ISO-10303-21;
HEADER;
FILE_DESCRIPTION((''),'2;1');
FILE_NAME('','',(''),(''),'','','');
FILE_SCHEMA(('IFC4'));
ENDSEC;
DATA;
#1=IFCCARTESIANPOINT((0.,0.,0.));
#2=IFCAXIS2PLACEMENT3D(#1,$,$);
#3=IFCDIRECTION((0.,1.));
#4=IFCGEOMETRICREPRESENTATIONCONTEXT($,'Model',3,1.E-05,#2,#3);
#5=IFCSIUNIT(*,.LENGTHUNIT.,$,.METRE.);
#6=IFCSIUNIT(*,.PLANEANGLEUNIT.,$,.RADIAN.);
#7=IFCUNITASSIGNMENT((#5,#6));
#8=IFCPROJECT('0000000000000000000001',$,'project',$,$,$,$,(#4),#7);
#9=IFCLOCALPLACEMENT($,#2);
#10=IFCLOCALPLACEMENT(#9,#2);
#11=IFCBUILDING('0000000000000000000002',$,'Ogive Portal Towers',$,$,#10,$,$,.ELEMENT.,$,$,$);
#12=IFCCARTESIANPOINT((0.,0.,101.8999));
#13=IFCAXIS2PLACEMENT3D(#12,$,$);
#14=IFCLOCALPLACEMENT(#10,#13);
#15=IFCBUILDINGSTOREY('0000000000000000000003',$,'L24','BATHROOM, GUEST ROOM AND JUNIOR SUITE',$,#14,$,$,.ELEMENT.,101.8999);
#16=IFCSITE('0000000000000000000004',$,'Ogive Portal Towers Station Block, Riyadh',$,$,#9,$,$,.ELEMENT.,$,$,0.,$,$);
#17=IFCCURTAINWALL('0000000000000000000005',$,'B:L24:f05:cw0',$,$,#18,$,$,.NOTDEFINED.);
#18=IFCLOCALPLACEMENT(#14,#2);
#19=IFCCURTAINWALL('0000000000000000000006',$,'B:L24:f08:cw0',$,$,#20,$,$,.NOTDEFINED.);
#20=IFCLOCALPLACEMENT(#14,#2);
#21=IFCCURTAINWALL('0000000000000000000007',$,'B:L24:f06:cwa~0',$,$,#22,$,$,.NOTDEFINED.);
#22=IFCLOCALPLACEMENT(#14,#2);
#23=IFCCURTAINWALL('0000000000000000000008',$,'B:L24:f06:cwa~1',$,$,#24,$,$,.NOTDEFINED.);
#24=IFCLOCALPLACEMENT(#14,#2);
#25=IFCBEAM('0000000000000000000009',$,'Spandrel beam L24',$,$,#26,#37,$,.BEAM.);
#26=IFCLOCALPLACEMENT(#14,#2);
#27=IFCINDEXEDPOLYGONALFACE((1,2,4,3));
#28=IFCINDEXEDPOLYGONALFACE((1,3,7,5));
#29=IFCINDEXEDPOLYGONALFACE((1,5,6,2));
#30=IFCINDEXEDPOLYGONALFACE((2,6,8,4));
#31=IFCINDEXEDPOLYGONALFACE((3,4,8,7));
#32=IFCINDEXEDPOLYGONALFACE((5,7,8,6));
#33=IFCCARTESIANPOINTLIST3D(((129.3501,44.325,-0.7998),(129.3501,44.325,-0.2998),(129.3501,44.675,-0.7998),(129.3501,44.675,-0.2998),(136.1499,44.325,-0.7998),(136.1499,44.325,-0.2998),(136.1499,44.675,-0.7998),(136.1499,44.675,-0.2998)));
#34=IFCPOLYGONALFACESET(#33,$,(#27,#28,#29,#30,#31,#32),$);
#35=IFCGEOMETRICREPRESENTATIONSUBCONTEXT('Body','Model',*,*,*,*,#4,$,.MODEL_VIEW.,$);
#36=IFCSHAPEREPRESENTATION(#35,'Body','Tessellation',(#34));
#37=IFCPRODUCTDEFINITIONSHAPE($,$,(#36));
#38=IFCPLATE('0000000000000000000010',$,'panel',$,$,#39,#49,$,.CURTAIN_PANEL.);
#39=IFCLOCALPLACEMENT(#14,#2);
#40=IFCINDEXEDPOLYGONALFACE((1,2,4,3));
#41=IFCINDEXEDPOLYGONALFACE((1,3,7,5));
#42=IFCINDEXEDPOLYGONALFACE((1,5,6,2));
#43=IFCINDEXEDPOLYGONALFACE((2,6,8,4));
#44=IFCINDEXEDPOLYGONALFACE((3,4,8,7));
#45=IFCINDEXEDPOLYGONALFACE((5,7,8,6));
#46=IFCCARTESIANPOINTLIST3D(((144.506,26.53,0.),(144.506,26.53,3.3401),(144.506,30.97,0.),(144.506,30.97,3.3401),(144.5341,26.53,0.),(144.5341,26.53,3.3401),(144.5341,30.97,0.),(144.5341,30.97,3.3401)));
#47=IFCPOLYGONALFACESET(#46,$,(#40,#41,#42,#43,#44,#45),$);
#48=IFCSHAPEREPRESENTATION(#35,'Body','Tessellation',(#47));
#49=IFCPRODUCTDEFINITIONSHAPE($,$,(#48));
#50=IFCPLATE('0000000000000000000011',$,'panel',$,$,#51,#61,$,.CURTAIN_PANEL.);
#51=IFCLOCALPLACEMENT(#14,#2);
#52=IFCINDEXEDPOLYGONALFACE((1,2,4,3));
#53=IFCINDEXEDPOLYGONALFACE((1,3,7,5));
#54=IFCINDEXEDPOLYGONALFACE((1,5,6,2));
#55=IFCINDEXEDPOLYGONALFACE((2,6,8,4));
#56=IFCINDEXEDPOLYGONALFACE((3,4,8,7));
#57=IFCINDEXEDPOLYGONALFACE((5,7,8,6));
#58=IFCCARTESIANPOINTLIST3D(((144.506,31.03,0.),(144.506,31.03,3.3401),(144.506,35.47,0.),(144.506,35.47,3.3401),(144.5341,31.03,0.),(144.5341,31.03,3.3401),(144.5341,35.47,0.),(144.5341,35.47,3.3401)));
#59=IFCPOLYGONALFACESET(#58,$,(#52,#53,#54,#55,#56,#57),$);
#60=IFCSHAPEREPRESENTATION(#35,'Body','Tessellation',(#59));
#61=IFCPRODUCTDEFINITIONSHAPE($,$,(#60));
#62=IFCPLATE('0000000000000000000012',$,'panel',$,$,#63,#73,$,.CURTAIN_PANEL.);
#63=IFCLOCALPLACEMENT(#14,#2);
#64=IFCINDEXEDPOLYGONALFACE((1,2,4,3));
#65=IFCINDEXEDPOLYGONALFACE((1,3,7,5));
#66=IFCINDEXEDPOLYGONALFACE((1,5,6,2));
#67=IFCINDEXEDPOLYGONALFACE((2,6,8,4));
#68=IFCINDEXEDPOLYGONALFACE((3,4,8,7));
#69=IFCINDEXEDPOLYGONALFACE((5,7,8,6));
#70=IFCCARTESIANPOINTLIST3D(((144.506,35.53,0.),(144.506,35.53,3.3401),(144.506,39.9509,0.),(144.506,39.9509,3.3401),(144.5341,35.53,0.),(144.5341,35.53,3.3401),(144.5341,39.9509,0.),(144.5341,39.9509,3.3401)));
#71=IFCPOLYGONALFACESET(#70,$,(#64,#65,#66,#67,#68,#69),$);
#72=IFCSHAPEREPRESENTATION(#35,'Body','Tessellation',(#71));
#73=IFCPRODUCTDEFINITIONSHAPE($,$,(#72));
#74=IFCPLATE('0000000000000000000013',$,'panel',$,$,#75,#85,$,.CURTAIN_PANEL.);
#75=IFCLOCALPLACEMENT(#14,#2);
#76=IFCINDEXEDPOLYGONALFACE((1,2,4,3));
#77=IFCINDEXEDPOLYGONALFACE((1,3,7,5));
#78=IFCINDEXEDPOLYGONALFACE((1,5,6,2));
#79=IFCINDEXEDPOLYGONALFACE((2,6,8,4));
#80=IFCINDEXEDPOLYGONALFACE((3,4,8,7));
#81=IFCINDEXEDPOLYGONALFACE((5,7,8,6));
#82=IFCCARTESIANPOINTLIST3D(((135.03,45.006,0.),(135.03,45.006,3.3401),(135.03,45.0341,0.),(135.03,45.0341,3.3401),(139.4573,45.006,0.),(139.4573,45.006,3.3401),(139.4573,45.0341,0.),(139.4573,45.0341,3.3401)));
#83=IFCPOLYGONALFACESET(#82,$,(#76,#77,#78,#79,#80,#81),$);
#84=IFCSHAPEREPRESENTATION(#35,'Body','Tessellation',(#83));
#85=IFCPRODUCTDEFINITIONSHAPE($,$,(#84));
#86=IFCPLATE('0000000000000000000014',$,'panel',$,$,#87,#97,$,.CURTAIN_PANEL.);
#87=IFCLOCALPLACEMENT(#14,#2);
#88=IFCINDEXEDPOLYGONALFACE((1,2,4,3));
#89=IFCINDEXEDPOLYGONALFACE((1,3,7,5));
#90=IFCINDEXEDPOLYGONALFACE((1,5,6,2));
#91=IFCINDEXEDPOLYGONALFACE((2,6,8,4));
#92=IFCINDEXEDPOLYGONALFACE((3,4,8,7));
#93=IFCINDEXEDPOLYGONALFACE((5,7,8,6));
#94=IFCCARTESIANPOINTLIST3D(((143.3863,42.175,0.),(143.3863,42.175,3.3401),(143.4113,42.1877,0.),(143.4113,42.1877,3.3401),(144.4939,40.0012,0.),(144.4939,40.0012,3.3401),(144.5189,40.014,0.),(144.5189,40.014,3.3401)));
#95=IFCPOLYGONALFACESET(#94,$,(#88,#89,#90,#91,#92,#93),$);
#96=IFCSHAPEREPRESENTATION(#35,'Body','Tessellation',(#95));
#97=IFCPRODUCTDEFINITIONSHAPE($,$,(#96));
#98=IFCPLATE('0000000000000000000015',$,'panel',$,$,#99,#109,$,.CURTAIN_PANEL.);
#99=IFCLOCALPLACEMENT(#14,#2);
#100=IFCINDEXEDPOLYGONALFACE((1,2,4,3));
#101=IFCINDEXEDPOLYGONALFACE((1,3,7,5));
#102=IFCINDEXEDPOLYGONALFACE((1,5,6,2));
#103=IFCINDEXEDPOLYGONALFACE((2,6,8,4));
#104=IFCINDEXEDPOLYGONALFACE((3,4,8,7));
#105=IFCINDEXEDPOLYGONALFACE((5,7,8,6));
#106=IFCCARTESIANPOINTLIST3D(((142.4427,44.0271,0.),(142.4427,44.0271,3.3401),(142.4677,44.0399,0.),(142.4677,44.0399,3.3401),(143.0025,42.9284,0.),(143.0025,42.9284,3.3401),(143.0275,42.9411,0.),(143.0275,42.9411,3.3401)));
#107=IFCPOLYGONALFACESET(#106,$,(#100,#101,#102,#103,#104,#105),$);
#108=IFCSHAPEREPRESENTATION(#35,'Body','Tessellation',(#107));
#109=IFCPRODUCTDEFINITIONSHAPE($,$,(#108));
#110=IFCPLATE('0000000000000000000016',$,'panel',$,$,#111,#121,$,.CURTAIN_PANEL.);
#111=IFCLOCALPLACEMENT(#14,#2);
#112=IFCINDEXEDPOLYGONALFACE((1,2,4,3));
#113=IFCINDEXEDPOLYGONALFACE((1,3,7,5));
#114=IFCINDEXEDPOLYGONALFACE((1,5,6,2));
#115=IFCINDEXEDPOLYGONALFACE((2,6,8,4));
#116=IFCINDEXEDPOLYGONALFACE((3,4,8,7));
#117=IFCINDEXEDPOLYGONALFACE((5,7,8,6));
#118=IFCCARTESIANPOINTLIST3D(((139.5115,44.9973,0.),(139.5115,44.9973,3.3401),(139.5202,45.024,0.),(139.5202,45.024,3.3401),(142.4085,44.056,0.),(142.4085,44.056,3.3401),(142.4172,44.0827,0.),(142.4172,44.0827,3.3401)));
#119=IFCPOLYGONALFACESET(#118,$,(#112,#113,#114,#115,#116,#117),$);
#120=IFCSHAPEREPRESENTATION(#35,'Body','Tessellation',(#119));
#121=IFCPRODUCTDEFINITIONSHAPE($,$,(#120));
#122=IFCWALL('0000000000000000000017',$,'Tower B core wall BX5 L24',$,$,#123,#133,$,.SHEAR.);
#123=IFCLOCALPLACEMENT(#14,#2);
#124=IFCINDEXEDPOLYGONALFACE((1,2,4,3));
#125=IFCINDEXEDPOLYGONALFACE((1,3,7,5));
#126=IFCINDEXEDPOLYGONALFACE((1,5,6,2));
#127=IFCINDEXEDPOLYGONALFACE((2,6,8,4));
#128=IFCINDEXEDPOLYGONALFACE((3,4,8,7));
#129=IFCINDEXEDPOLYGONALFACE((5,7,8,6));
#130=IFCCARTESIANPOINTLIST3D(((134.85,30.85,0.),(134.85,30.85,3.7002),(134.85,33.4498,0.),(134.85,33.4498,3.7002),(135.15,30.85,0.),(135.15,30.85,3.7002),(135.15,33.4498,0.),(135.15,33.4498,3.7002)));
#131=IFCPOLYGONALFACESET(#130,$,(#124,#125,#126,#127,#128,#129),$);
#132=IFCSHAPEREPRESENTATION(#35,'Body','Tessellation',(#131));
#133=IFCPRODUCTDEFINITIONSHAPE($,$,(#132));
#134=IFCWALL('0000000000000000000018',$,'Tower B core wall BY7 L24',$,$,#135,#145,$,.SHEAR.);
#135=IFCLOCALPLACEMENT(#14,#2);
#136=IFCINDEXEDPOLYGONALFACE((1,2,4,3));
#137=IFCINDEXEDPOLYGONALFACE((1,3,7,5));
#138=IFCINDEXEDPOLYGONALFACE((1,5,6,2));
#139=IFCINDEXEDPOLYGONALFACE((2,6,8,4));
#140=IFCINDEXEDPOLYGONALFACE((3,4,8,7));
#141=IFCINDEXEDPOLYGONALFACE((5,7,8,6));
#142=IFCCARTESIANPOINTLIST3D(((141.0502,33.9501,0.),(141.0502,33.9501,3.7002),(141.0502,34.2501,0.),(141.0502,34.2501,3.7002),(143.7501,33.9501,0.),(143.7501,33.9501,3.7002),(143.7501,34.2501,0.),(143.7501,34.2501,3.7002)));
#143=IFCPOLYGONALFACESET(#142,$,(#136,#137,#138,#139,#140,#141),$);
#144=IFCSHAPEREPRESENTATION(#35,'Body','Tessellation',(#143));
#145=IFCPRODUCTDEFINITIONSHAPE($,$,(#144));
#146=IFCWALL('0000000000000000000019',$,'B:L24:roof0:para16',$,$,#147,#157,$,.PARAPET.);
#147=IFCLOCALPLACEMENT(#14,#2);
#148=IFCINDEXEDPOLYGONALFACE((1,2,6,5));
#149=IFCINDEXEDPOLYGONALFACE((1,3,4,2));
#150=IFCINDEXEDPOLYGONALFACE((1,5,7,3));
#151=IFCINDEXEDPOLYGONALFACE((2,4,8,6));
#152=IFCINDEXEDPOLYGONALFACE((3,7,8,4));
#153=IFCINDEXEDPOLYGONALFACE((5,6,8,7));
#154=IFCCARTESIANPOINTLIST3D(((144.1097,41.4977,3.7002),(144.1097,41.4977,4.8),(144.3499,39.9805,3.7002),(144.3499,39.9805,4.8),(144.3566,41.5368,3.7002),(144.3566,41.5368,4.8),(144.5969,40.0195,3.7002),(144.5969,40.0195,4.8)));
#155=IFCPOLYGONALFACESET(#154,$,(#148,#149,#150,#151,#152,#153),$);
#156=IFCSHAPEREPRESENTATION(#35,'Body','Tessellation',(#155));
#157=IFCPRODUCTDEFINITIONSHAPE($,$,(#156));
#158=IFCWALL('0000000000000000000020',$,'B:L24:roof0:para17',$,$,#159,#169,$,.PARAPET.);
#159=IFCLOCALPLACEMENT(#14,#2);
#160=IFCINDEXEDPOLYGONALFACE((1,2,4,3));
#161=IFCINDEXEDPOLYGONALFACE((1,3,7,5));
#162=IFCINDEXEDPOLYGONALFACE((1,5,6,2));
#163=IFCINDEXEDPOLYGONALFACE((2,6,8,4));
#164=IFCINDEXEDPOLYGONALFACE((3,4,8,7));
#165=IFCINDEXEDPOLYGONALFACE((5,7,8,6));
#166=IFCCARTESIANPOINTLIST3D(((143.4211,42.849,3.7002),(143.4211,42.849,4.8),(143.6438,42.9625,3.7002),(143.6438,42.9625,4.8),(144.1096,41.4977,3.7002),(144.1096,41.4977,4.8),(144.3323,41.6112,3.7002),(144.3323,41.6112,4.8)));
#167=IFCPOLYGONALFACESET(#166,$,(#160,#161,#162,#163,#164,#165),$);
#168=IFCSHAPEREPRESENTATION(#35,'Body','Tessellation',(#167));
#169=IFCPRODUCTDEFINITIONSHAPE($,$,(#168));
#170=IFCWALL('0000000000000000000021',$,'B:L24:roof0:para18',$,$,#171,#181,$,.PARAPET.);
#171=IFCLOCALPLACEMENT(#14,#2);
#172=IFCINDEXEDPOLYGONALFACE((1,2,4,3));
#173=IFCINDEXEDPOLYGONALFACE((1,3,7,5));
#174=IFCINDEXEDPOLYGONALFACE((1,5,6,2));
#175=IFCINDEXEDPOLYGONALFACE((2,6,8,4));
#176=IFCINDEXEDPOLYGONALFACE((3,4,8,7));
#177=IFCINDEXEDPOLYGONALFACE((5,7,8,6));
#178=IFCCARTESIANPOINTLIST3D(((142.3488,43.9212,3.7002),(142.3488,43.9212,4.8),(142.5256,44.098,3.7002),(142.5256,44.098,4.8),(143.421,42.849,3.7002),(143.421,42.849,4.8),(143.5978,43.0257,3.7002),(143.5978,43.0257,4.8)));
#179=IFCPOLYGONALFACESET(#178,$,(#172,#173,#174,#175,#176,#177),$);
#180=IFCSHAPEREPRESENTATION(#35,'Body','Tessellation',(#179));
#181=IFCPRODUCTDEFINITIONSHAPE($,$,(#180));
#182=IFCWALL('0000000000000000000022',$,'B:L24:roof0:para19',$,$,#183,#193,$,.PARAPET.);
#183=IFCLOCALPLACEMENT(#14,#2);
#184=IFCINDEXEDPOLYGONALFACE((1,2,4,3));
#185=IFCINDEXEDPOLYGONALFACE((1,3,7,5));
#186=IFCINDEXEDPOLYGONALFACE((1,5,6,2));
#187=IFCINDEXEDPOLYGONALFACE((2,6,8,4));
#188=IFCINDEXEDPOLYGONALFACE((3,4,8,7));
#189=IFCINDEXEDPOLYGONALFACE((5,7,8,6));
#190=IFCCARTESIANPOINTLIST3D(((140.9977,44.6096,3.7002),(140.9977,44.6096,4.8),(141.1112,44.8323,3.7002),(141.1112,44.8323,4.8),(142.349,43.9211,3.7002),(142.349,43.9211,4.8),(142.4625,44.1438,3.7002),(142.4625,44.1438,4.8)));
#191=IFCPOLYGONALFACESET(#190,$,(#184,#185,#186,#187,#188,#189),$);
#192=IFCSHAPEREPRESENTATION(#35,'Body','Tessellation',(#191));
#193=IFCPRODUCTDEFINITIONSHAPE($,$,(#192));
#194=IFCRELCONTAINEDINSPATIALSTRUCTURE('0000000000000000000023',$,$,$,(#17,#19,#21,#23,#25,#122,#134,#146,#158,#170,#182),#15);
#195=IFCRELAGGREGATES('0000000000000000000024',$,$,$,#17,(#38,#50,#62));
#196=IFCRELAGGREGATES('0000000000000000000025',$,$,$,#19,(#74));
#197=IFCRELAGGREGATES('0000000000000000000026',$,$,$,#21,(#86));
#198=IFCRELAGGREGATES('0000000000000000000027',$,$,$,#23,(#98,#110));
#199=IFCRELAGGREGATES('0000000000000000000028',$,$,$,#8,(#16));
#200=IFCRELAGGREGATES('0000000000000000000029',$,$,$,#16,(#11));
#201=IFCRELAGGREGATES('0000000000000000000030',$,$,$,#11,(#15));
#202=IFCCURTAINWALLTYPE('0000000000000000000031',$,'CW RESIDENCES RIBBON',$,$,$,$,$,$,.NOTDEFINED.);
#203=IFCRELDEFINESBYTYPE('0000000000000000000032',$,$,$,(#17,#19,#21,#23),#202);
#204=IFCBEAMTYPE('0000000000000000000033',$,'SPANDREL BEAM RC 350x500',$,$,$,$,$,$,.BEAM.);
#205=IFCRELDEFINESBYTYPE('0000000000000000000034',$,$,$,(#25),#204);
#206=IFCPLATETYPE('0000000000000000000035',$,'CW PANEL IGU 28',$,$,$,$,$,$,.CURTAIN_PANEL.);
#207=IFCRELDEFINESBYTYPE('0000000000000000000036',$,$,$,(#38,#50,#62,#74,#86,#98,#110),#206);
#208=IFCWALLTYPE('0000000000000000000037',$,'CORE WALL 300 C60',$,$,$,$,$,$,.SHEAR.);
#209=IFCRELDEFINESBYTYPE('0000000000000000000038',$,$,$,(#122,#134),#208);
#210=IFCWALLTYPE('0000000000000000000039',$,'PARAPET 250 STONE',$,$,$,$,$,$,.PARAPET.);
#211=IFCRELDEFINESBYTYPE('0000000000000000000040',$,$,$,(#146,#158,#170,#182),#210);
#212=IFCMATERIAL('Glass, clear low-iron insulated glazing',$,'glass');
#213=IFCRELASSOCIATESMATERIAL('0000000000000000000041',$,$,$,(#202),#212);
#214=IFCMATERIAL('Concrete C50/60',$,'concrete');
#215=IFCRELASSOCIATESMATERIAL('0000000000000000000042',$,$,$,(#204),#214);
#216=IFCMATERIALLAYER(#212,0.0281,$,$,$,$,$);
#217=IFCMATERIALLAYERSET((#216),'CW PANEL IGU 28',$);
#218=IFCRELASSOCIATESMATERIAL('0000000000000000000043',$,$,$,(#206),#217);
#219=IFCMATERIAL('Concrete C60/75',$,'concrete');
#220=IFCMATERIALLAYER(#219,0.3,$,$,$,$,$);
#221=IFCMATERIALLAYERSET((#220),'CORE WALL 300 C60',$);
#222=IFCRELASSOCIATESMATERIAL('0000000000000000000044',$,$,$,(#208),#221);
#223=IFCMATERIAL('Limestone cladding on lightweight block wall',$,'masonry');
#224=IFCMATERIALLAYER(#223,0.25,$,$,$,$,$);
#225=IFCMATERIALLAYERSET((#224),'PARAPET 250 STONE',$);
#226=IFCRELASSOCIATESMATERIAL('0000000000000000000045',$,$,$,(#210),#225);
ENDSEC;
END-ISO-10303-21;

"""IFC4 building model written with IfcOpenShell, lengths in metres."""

from ifc_helpers import new_model, si_unit, direction, frame, frame_2d, origin, origin_2d, place, context, subcontext, project, spatial, rectangle, extrude, material, layer, layer_set, material_profile, profile_set, type_object, element, aggregate, save


model = new_model("IFC4")

# Units and contexts
model_context = context("Model", 3, precision=1e-05, world=origin(), true_north=direction((0.0, 1.0)))
body_context = subcontext(model_context, "Body", "Model", "MODEL_VIEW")
ifc_project = project(units=[si_unit("LENGTHUNIT", "METRE"), si_unit("PLANEANGLEUNIT", "RADIAN")], contexts=[model_context])

# Site, building, storey
site_placement = place(None, origin())
site = spatial("IfcSite", under=ifc_project, at=site_placement, Name="Ogive Portal Towers Station Block, Riyadh", CompositionType="ELEMENT", RefElevation=0.0)
building_placement = place(site_placement, origin())
building = spatial("IfcBuilding", under=site, at=building_placement, Name="Ogive Portal Towers", CompositionType="ELEMENT")
storey_placement = place(building_placement, frame((0.0, 0.0, 101.8999)))
storey = spatial("IfcBuildingStorey", under=building, at=storey_placement, Name="L24", Description="BATHROOM, GUEST ROOM AND JUNIOR SUITE", CompositionType="ELEMENT", Elevation=101.8999)

# Shared definitions
ifc_material_1 = material(Name="Concrete C50/60", Category="concrete")

# Curtain walls
ifc_material_2 = material(Name="Glass, clear low-iron insulated glazing", Category="glass")
curtain_wall_type = type_object("IfcCurtainWallType", Name="CW RESIDENCES RIBBON", PredefinedType="NOTDEFINED", material=ifc_material_2)
curtain_wall_1_placement = place(storey_placement, origin())
curtain_wall_1 = element("IfcCurtainWall", 1, at=curtain_wall_1_placement, inside=storey, type_object=curtain_wall_type, Name="B:L24:f05:cw0", PredefinedType="NOTDEFINED")
curtain_wall_2_placement = place(storey_placement, origin())
curtain_wall_2 = element("IfcCurtainWall", 2, at=curtain_wall_2_placement, inside=storey, type_object=curtain_wall_type, Name="B:L24:f08:cw0", PredefinedType="NOTDEFINED")

# Curtain wall
curtain_wall_3_placement = place(storey_placement, origin())
curtain_wall_3 = element("IfcCurtainWall", 3, at=curtain_wall_3_placement, inside=storey, type_object=curtain_wall_type, Name="B:L24:f06:cwa~0", PredefinedType="NOTDEFINED")

# Curtain wall
curtain_wall_4_placement = place(storey_placement, origin())
curtain_wall_4 = element("IfcCurtainWall", 4, at=curtain_wall_4_placement, inside=storey, type_object=curtain_wall_type, Name="B:L24:f06:cwa~1", PredefinedType="NOTDEFINED")

# Beam
ifc_material_profile_1 = material_profile(ifc_material_1, rectangle(XDim=0.3501, YDim=0.5, at=origin_2d()), Name="RC 350x500")
ifc_profile_set_1 = profile_set([ifc_material_profile_1], Name="Concrete C50/60")
beam_type = type_object("IfcBeamType", Name="SPANDREL BEAM RC 350x500", PredefinedType="BEAM", material=ifc_profile_set_1)
beam_placement = place(storey_placement, frame((136.1499, 44.5, -0.5498), z_axis=(-1.0, 0.0, 0.0), x_axis=(0.0, -1.0, 0.0)))
element("IfcBeam", 5, at=beam_placement, inside=storey, type_object=beam_type, Name="Spandrel beam L24", PredefinedType="BEAM", context=body_context, shape_type="SweptSolid", body=[
    extrude(rectangle(XDim=0.3501, YDim=0.5, at=origin_2d()), origin(), (0.0, 0.0, 1.0), 6.7998),
])

# Plates
ifc_layer_1 = layer(ifc_material_2, 0.0281)
ifc_layer_set_1 = layer_set([ifc_layer_1], Name="CW PANEL IGU 28")
plate_type = type_object("IfcPlateType", Name="CW PANEL IGU 28", PredefinedType="CURTAIN_PANEL", material=ifc_layer_set_1)
plate_1_placement = place(storey_placement, frame((144.52, 28.75, 0.0), z_axis=(0.0, 0.0, 1.0), x_axis=(0.0, 1.0, 0.0)))
plate_1 = element("IfcPlate", 6, at=plate_1_placement, type_object=plate_type, Name="panel", PredefinedType="CURTAIN_PANEL", context=body_context, shape_type="SweptSolid", body=[
    extrude(rectangle(XDim=4.4399, YDim=0.0281, at=origin_2d()), origin(), (0.0, 0.0, 1.0), 3.3401),
])
plate_2_placement = place(storey_placement, frame((144.52, 33.25, 0.0), z_axis=(0.0, 0.0, 1.0), x_axis=(0.0, 1.0, 0.0)))
plate_2 = element("IfcPlate", 7, at=plate_2_placement, type_object=plate_type, Name="panel", PredefinedType="CURTAIN_PANEL", context=body_context, shape_type="SweptSolid", body=[
    extrude(rectangle(XDim=4.4399, YDim=0.0281, at=origin_2d()), origin(), (0.0, 0.0, 1.0), 3.3401),
])
plate_3_placement = place(storey_placement, frame((144.52, 37.7405, 0.0), z_axis=(0.0, 0.0, 1.0), x_axis=(0.0, 1.0, 0.0)))
plate_3 = element("IfcPlate", 8, at=plate_3_placement, type_object=plate_type, Name="panel", PredefinedType="CURTAIN_PANEL", context=body_context, shape_type="SweptSolid", body=[
    extrude(rectangle(XDim=4.4209, YDim=0.0281, at=origin_2d()), origin(), (0.0, 0.0, 1.0), 3.3401),
])
aggregate(curtain_wall_1, [plate_1, plate_2, plate_3])
plate_4_placement = place(storey_placement, frame((137.2437, 45.02, 0.0), z_axis=(0.0, 0.0, 1.0), x_axis=(-1.0, 0.0, 0.0)))
plate_4 = element("IfcPlate", 9, at=plate_4_placement, type_object=plate_type, Name="panel", PredefinedType="CURTAIN_PANEL", context=body_context, shape_type="SweptSolid", body=[
    extrude(rectangle(XDim=4.4272, YDim=0.0281, at=origin_2d()), origin(), (0.0, 0.0, 1.0), 3.3401),
])
aggregate(curtain_wall_2, [plate_4])
plate_5_placement = place(storey_placement, frame((143.9526, 41.0945, 0.0), z_axis=(0.0, 0.0, 1.0), x_axis=(-0.45399, 0.891007, 0.0)))
plate_5 = element("IfcPlate", 10, at=plate_5_placement, type_object=plate_type, Name="panel", PredefinedType="CURTAIN_PANEL", context=body_context, shape_type="SweptSolid", body=[
    extrude(rectangle(XDim=2.4397, YDim=0.0281, at=origin_2d()), origin(), (0.0, 0.0, 1.0), 3.3401),
])
aggregate(curtain_wall_3, [plate_5])
plate_6_placement = place(storey_placement, frame((142.7351, 43.4841, 0.0), z_axis=(0.0, 0.0, 1.0), x_axis=(-0.45399, 0.891007, 0.0)))
plate_6 = element("IfcPlate", 11, at=plate_6_placement, type_object=plate_type, Name="panel", PredefinedType="CURTAIN_PANEL", context=body_context, shape_type="SweptSolid", body=[
    extrude(rectangle(XDim=1.2332, YDim=0.0281, at=origin_2d()), origin(), (0.0, 0.0, 1.0), 3.3401),
])
plate_7_placement = place(storey_placement, frame((140.9644, 44.54, 0.0), z_axis=(0.0, 0.0, 1.0), x_axis=(-0.951057, 0.309017, 0.0)))
plate_7 = element("IfcPlate", 12, at=plate_7_placement, type_object=plate_type, Name="panel", PredefinedType="CURTAIN_PANEL", context=body_context, shape_type="SweptSolid", body=[
    extrude(rectangle(XDim=3.0461, YDim=0.0281, at=origin_2d()), origin(), (0.0, 0.0, 1.0), 3.3401),
])
aggregate(curtain_wall_4, [plate_6, plate_7])

# Wall
ifc_material_3 = material(Name="Concrete C60/75", Category="concrete")
ifc_layer_2 = layer(ifc_material_3, 0.3)
ifc_layer_set_2 = layer_set([ifc_layer_2], Name="CORE WALL 300 C60")
wall_type_1 = type_object("IfcWallType", Name="CORE WALL 300 C60", PredefinedType="SHEAR", material=ifc_layer_set_2)
wall_1_placement = place(storey_placement, frame((135.0, 30.8501, 0.0), z_axis=(0.0, 0.0, 1.0), x_axis=(0.0, 1.0, 0.0)))
element("IfcWall", 13, at=wall_1_placement, inside=storey, type_object=wall_type_1, Name="Tower B core wall BX5 L24", PredefinedType="SHEAR", context=body_context, shape_type="SweptSolid", body=[
    extrude(rectangle(XDim=2.5999, YDim=0.3, at=frame_2d((1.2998, 0.0))), origin(), (0.0, 0.0, 1.0), 3.7002),
])

# Walls
wall_2_placement = place(storey_placement, frame((141.05, 34.1001, 0.0), z_axis=(0.0, 0.0, 1.0), x_axis=(1.0, 0.0, 0.0)))
element("IfcWall", 14, at=wall_2_placement, inside=storey, type_object=wall_type_1, Name="Tower B core wall BY7 L24", PredefinedType="SHEAR", context=body_context, shape_type="SweptSolid", body=[
    extrude(rectangle(XDim=2.7, YDim=0.3, at=frame_2d((1.3501, 0.0))), origin(), (0.0, 0.0, 1.0), 3.7002),
])
ifc_material_4 = material(Name="Limestone cladding on lightweight block wall", Category="masonry")
ifc_layer_3 = layer(ifc_material_4, 0.25)
ifc_layer_set_3 = layer_set([ifc_layer_3], Name="PARAPET 250 STONE")
wall_type_2 = type_object("IfcWallType", Name="PARAPET 250 STONE", PredefinedType="PARAPET", material=ifc_layer_set_3)
wall_3_placement = place(storey_placement, frame((144.4734, 40.0, 3.7002), z_axis=(0.0, 0.0, 1.0), x_axis=(-0.156379, 0.987697, 0.0)))
element("IfcWall", 15, at=wall_3_placement, inside=storey, type_object=wall_type_2, Name="B:L24:roof0:para16", PredefinedType="PARAPET", context=body_context, shape_type="SweptSolid", body=[
    extrude(rectangle(XDim=1.5361, YDim=0.25, at=frame_2d((0.7681, 0.0))), origin(), (0.0, 0.0, 1.0), 1.0999),
])
wall_4_placement = place(storey_placement, frame((144.2209, 41.5544, 3.7002), z_axis=(0.0, 0.0, 1.0), x_axis=(-0.453962, 0.891021, 0.0)))
element("IfcWall", 16, at=wall_4_placement, inside=storey, type_object=wall_type_2, Name="B:L24:roof0:para17", PredefinedType="PARAPET", context=body_context, shape_type="SweptSolid", body=[
    extrude(rectangle(XDim=1.5166, YDim=0.25, at=frame_2d((0.7583, 0.0))), origin(), (0.0, 0.0, 1.0), 1.0999),
])
wall_5_placement = place(storey_placement, frame((143.5095, 42.9373, 3.7002), z_axis=(0.0, 0.0, 1.0), x_axis=(-0.707107, 0.707107, 0.0)))
element("IfcWall", 17, at=wall_5_placement, inside=storey, type_object=wall_type_2, Name="B:L24:roof0:para18", PredefinedType="PARAPET", context=body_context, shape_type="SweptSolid", body=[
    extrude(rectangle(XDim=1.5164, YDim=0.25, at=frame_2d((0.7583, 0.0))), origin(), (0.0, 0.0, 1.0), 1.0999),
])
wall_6_placement = place(storey_placement, frame((142.4058, 44.0325, 3.7002), z_axis=(0.0, 0.0, 1.0), x_axis=(-0.891021, 0.453962, 0.0)))
element("IfcWall", 18, at=wall_6_placement, inside=storey, type_object=wall_type_2, Name="B:L24:roof0:para19", PredefinedType="PARAPET", context=body_context, shape_type="SweptSolid", body=[
    extrude(rectangle(XDim=1.5166, YDim=0.25, at=frame_2d((0.7583, 0.0))), origin(), (0.0, 0.0, 1.0), 1.0999),
])

save(model, "model.ifc")
